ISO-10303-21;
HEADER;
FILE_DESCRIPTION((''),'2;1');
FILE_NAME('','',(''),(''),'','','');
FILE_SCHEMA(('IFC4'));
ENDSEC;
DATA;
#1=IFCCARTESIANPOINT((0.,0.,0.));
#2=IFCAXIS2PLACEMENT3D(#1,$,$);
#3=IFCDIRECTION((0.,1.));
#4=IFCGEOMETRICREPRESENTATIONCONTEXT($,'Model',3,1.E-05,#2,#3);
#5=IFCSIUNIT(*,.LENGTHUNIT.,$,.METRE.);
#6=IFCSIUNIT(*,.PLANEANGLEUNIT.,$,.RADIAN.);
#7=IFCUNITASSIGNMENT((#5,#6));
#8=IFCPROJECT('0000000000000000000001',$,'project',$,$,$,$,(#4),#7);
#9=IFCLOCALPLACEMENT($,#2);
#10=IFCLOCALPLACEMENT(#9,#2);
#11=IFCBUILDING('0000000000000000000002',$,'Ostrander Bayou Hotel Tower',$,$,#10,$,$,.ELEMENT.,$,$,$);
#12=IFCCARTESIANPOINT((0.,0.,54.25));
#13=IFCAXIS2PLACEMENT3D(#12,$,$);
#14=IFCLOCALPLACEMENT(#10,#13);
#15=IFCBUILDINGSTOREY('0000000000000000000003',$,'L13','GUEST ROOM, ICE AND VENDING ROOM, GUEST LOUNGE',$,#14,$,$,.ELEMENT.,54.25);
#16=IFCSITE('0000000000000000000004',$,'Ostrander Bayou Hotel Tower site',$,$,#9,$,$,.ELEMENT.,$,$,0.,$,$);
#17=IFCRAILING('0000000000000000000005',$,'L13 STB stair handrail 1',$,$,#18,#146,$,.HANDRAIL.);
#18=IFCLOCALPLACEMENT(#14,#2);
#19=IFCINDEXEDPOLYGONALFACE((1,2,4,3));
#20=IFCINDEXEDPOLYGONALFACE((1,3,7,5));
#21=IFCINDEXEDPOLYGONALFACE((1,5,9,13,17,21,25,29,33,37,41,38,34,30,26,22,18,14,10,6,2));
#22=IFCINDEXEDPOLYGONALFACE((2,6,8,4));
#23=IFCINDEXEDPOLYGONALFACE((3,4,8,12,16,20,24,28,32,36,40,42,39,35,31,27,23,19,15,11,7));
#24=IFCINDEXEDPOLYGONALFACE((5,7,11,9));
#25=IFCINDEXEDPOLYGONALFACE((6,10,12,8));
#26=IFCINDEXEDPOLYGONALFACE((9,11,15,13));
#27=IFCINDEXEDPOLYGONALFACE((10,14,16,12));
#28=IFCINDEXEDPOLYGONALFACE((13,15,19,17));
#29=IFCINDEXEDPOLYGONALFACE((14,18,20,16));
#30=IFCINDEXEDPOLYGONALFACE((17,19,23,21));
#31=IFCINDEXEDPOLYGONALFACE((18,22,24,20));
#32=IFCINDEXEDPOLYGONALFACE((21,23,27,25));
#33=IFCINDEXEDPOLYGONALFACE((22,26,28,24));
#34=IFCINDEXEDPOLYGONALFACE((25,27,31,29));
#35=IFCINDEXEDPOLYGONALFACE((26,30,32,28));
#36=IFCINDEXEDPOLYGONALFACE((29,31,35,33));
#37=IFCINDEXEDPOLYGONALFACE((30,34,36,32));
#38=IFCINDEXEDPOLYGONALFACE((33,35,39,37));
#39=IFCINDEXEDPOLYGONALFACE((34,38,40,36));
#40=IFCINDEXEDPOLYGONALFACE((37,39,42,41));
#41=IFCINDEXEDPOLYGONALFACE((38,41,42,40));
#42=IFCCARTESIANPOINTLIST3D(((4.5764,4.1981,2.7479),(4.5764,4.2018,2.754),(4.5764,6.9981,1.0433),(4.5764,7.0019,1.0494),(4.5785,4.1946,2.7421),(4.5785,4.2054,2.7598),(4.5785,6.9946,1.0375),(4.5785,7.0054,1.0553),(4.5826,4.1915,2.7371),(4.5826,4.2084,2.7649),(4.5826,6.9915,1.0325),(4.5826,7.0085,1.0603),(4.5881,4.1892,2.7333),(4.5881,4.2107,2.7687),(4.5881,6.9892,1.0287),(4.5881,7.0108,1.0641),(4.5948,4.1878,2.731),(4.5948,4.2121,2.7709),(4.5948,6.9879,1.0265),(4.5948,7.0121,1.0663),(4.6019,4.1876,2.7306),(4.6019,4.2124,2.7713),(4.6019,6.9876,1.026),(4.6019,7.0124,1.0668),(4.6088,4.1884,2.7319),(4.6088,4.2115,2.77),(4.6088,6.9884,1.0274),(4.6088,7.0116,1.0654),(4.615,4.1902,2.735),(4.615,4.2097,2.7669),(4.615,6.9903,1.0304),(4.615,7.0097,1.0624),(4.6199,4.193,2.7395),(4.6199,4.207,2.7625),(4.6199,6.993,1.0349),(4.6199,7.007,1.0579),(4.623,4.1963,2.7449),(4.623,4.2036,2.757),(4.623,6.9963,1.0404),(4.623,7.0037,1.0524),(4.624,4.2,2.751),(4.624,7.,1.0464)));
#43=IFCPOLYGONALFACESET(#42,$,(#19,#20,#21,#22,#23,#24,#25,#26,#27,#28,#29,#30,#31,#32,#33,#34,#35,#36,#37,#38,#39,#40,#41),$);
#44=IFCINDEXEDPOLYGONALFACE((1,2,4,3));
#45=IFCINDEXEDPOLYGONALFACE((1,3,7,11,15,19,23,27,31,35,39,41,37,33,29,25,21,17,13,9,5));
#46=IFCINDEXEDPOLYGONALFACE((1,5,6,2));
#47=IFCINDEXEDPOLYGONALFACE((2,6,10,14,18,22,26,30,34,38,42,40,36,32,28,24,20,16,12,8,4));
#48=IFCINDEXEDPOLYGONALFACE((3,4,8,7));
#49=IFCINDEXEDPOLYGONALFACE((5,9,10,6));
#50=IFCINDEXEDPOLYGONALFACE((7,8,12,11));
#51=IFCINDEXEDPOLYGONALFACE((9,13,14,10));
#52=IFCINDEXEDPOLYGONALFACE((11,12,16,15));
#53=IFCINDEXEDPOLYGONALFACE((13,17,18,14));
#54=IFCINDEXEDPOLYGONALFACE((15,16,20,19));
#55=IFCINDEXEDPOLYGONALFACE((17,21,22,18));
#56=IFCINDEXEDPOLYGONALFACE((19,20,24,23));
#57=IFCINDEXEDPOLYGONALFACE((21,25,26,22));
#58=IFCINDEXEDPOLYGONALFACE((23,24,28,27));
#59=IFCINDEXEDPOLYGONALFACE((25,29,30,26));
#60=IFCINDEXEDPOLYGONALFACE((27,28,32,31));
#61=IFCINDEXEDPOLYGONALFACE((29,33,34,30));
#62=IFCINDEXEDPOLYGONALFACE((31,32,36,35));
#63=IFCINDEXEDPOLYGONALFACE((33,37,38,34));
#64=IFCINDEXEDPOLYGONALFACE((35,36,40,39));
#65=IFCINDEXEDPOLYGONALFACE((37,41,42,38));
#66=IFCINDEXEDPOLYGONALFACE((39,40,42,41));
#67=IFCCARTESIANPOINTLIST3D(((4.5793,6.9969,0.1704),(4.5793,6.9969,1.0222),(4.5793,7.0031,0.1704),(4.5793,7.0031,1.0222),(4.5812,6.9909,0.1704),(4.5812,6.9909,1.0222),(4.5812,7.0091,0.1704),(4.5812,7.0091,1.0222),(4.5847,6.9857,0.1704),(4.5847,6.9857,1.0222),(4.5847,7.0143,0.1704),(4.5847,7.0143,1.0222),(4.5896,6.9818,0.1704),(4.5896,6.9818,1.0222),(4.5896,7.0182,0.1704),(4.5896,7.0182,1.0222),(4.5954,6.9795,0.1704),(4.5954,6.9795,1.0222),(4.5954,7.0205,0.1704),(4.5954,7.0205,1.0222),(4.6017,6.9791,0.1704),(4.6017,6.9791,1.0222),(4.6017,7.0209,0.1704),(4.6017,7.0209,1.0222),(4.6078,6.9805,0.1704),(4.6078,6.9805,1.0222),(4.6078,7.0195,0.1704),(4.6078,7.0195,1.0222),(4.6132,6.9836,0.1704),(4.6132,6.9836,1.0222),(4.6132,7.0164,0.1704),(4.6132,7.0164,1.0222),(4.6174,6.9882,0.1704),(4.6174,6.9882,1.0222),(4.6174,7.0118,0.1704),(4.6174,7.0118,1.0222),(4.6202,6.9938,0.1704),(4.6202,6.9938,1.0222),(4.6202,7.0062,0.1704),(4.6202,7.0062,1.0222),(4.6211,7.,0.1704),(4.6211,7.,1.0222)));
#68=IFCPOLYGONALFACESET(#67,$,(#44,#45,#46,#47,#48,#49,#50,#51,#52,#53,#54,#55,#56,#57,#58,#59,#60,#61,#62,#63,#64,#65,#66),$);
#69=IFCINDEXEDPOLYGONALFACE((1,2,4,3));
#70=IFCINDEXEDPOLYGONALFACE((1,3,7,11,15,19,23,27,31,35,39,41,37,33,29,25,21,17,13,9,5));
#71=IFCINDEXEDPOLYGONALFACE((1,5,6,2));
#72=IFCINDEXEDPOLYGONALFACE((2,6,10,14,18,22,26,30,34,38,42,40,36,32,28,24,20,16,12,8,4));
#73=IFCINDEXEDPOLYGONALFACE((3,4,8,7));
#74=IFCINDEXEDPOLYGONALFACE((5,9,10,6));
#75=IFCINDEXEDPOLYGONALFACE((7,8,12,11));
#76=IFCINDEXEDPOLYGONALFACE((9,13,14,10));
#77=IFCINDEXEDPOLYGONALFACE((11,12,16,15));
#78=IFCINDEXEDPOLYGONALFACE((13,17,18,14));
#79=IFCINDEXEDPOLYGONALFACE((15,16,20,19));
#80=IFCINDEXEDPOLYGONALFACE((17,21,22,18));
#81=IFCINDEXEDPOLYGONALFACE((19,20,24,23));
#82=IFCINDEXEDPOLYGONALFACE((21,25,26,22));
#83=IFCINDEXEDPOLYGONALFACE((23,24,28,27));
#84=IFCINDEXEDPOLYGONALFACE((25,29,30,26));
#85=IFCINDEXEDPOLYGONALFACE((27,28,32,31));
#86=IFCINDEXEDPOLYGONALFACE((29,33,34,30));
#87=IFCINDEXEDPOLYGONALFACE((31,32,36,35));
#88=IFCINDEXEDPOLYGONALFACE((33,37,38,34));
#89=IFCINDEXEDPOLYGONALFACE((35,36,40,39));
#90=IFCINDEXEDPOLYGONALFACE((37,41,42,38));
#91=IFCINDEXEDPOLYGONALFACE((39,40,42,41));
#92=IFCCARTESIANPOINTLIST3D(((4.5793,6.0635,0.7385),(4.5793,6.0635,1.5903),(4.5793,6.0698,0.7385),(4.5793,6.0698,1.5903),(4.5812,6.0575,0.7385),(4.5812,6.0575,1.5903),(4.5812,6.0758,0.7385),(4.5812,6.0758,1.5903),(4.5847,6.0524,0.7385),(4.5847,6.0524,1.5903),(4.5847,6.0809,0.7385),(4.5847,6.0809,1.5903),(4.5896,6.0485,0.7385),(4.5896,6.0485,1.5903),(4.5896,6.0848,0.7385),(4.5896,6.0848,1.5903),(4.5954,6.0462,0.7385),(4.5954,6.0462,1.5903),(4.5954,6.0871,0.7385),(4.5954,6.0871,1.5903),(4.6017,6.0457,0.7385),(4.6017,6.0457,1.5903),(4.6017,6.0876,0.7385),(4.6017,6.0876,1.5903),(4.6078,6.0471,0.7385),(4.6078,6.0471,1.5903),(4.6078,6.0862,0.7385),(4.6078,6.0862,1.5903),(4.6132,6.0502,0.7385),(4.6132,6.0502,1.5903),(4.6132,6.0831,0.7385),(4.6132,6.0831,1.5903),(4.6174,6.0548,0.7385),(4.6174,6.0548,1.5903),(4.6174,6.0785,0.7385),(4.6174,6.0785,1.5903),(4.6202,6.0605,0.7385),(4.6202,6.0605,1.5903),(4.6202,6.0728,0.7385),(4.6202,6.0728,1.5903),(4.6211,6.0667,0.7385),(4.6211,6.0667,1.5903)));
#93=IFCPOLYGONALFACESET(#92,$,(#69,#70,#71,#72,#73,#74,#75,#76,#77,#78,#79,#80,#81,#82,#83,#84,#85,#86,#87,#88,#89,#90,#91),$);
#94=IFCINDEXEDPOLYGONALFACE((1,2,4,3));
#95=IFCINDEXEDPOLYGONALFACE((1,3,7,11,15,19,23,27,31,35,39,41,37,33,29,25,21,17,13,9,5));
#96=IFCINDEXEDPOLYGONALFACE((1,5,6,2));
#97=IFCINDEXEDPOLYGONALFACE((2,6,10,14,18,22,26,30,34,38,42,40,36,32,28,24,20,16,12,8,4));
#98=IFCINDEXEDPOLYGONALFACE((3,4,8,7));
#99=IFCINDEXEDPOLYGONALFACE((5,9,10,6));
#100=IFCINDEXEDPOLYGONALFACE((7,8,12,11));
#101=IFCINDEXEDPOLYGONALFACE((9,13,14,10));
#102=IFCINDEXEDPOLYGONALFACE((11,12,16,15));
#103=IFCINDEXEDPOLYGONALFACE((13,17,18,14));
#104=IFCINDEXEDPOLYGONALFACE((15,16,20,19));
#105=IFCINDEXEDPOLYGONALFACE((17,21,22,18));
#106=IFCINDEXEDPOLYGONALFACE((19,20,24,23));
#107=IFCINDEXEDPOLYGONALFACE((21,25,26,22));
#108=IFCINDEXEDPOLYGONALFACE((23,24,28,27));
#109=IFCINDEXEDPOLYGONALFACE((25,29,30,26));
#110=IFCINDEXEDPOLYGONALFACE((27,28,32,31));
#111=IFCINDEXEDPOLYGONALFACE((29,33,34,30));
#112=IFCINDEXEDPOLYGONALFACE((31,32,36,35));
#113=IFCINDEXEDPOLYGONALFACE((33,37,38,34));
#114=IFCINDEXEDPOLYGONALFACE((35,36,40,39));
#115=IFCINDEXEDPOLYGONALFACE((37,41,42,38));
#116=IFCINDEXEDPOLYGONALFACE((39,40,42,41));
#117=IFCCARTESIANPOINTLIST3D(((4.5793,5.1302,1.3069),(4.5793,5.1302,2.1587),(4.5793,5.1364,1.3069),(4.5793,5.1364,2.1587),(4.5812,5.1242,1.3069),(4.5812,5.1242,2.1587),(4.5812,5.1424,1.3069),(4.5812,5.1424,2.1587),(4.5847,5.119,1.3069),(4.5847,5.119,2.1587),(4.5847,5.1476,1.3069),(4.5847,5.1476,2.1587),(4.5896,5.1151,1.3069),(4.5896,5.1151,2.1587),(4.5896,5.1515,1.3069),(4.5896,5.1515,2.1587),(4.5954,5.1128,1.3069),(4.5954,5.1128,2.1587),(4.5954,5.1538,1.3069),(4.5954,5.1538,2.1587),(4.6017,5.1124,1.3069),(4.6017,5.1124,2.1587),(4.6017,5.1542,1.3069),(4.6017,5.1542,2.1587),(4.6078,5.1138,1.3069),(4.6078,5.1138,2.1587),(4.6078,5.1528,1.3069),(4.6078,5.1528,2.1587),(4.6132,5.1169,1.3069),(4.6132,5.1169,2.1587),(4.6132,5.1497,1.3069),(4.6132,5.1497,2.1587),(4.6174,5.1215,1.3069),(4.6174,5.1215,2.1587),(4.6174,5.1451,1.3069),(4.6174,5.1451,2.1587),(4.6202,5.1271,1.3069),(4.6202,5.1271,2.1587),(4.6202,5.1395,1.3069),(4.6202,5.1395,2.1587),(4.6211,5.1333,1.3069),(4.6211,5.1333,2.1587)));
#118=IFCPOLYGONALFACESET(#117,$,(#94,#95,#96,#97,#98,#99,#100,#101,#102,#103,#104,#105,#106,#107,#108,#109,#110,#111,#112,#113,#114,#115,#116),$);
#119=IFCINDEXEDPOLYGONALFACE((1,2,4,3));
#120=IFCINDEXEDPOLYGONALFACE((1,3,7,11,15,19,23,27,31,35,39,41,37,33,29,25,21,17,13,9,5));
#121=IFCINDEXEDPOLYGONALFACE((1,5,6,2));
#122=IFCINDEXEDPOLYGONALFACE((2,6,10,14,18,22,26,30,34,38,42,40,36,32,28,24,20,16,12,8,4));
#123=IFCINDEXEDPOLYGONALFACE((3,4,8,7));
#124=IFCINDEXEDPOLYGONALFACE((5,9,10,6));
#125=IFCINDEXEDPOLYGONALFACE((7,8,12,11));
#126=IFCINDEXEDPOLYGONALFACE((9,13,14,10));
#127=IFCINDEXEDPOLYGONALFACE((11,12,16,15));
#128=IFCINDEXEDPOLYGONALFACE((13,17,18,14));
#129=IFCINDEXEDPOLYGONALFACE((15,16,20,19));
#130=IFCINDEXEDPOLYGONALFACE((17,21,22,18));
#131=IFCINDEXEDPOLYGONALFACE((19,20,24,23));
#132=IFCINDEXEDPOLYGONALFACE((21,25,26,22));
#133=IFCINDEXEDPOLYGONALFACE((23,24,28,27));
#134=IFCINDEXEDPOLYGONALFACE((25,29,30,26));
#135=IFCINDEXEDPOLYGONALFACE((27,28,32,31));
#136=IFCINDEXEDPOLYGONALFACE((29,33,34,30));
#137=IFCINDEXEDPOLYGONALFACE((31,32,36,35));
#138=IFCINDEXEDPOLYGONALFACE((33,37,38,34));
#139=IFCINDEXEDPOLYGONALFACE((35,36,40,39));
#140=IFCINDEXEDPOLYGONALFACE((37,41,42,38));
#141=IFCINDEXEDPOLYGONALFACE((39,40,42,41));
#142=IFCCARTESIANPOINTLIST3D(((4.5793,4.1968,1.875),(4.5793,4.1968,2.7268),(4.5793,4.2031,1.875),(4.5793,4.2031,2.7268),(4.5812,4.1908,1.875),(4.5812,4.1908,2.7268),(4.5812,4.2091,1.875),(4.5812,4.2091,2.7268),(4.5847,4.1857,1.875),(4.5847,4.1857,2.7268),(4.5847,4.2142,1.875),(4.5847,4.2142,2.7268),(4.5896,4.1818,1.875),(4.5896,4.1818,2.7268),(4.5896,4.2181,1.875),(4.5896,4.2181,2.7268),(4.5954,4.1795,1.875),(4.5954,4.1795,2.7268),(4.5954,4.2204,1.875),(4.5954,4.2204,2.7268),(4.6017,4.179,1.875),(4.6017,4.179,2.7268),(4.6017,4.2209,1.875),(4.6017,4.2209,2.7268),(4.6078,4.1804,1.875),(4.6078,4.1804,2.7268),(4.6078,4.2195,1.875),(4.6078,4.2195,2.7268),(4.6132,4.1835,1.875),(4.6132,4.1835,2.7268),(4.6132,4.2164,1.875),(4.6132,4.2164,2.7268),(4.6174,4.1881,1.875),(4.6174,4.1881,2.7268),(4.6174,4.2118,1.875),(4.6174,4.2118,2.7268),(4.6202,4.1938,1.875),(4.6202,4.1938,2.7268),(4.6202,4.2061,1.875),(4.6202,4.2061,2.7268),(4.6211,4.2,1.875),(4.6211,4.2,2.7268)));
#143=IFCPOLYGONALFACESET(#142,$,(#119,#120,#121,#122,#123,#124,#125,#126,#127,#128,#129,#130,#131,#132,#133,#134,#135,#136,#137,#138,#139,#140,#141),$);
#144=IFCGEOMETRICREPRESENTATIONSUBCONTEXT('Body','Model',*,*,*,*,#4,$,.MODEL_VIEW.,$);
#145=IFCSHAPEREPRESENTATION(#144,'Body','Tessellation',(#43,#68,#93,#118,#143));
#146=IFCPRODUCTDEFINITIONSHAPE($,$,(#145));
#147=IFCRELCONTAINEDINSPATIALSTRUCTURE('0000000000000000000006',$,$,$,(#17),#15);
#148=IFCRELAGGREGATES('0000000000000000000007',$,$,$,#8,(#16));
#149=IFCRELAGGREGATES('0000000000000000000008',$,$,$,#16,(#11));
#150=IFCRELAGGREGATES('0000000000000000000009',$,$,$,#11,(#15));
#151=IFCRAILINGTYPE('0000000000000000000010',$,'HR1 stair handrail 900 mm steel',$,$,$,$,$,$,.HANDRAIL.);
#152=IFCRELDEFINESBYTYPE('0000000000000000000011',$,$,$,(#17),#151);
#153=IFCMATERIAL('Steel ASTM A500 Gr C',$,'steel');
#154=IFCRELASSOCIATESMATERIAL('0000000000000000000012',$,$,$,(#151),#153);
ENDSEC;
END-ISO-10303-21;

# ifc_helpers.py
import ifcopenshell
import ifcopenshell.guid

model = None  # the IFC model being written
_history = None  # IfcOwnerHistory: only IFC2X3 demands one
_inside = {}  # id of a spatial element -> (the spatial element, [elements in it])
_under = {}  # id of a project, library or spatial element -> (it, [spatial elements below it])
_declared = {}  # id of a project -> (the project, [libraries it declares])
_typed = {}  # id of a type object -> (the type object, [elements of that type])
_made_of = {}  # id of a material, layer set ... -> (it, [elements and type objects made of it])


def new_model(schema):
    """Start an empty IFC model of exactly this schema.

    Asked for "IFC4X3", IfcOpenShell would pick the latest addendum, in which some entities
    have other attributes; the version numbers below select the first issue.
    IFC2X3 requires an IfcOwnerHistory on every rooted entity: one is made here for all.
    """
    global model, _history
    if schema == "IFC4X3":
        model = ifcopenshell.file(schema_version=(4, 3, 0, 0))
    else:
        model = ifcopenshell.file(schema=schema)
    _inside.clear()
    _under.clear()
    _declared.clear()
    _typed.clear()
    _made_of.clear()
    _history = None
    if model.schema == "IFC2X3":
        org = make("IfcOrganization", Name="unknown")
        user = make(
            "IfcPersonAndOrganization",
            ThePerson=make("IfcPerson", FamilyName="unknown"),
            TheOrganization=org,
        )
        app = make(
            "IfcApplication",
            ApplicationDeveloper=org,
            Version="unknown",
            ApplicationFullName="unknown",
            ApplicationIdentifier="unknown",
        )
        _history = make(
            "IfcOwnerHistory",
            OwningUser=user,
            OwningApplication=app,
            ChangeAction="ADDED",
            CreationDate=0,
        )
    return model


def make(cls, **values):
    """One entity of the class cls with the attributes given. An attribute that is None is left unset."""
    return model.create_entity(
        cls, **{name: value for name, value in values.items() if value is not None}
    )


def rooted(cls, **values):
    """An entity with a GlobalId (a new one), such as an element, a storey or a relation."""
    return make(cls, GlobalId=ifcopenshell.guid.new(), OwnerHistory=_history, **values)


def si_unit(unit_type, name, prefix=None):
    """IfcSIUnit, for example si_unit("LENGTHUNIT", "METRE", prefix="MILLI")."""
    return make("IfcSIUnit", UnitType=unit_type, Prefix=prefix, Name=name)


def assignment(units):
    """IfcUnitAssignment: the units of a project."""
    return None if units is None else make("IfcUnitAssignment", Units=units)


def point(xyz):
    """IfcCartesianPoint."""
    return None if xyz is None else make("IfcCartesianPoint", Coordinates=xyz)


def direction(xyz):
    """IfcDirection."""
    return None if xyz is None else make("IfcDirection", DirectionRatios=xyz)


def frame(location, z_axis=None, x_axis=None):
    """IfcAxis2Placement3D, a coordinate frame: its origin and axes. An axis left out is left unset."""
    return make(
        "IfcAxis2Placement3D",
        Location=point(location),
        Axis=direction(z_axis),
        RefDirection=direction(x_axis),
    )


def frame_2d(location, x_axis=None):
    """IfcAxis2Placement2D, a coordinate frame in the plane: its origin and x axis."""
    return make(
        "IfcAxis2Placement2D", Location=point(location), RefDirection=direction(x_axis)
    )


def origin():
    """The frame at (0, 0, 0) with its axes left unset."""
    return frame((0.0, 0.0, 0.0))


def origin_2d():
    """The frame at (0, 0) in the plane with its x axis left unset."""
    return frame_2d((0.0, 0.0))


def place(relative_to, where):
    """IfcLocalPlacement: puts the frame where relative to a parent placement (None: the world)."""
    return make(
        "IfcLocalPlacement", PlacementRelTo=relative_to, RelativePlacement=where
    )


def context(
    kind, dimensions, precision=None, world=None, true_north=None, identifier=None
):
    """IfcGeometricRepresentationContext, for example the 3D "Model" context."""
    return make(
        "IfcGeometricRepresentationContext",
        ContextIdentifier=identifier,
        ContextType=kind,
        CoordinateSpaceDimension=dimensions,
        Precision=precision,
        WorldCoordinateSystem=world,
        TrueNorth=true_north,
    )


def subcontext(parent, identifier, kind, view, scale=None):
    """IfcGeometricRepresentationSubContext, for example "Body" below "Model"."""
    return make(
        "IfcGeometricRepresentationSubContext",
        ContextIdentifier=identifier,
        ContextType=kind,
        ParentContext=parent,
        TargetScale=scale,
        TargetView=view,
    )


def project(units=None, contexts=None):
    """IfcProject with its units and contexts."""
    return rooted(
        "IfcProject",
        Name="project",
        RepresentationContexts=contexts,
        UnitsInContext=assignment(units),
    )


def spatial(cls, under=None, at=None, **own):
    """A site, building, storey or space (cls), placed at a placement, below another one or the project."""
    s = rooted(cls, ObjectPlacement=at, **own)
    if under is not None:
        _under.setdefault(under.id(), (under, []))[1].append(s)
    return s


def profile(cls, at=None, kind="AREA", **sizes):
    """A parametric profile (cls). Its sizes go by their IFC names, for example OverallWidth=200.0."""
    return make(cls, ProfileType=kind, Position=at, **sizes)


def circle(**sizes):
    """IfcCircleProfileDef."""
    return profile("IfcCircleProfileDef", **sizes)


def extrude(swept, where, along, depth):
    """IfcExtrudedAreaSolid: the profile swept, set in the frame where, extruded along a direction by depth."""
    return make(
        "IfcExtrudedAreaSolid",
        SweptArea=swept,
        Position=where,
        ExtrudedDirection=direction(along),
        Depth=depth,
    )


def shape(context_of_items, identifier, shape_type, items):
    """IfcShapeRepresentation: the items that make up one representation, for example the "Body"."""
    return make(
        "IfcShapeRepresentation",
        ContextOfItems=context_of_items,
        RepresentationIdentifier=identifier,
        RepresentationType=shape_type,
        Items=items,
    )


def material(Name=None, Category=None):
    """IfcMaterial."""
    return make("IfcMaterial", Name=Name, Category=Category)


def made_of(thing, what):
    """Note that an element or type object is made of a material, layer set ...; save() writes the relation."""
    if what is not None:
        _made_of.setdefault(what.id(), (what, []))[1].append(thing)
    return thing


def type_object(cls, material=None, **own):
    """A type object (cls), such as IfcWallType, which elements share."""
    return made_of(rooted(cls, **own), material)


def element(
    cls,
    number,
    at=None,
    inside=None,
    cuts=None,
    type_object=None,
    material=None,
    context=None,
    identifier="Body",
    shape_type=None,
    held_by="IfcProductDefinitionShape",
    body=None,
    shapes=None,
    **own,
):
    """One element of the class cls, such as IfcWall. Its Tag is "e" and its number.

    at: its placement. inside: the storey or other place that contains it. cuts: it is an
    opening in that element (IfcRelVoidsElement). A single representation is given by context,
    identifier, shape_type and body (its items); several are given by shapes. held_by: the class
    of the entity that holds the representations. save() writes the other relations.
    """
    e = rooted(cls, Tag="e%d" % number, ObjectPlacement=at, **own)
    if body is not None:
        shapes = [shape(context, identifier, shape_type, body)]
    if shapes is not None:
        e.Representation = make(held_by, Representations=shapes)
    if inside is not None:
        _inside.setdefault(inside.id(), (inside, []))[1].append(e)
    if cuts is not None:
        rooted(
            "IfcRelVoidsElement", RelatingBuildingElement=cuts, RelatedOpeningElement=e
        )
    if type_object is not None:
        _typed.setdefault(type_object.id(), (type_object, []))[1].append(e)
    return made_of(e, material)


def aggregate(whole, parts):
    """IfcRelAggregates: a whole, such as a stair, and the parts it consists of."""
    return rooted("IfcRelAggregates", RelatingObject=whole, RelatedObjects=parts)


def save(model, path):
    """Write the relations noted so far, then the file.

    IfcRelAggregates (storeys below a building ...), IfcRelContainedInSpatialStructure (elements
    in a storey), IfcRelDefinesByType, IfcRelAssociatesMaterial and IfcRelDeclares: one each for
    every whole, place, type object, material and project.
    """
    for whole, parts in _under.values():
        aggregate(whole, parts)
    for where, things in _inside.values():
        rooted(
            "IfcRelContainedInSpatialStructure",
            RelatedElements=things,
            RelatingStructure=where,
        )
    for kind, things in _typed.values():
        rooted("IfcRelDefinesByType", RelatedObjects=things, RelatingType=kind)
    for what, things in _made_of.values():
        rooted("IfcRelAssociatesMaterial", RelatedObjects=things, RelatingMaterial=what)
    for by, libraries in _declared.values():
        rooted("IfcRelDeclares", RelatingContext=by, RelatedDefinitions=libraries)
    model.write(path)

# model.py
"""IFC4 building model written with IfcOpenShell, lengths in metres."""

from ifc_helpers import new_model, si_unit, direction, frame, origin, origin_2d, place, context, subcontext, project, spatial, circle, extrude, material, type_object, element, save


model = new_model("IFC4")

# Units and contexts
model_context = context("Model", 3, precision=1e-05, world=origin(), true_north=direction((0.0, 1.0)))
body_context = subcontext(model_context, "Body", "Model", "MODEL_VIEW")
ifc_project = project(units=[si_unit("LENGTHUNIT", "METRE"), si_unit("PLANEANGLEUNIT", "RADIAN")], contexts=[model_context])

# Site, building, storey
site_placement = place(None, origin())
site = spatial("IfcSite", under=ifc_project, at=site_placement, Name="Ostrander Bayou Hotel Tower site", CompositionType="ELEMENT", RefElevation=0.0)
building_placement = place(site_placement, origin())
building = spatial("IfcBuilding", under=site, at=building_placement, Name="Ostrander Bayou Hotel Tower", CompositionType="ELEMENT")
storey_placement = place(building_placement, frame((0.0, 0.0, 54.25)))
storey = spatial("IfcBuildingStorey", under=building, at=storey_placement, Name="L13", Description="GUEST ROOM, ICE AND VENDING ROOM, GUEST LOUNGE", CompositionType="ELEMENT", Elevation=54.25)

# Railing
ifc_material_1 = material(Name="Steel ASTM A500 Gr C", Category="steel")
railing_type_1 = type_object("IfcRailingType", Name="HR1 stair handrail 900 mm steel", PredefinedType="HANDRAIL", material=ifc_material_1)
railing_1_placement = place(storey_placement, frame((4.6001, 7.0, 0.1704)))
element("IfcRailing", 1, at=railing_1_placement, inside=storey, type_object=railing_type_1, Name="L13 STB stair handrail 1", PredefinedType="HANDRAIL", context=body_context, shape_type="SweptSolid", body=[
    extrude(circle(Radius=0.0239, at=origin_2d()), frame((0.0, 0.0, 0.876), z_axis=(0.0, -0.85417, 0.519994), x_axis=(1.0, 0.0, 0.0)), (0.0, 0.0, 1.0), 3.2781),
    extrude(circle(Radius=0.021, at=origin_2d()), origin(), (0.0, 0.0, 1.0), 0.8518),
    extrude(circle(Radius=0.021, at=origin_2d()), frame((0.0, -0.9333, 0.5681)), (0.0, 0.0, 1.0), 0.8518),
    extrude(circle(Radius=0.021, at=origin_2d()), frame((0.0, -1.8667, 1.1365)), (0.0, 0.0, 1.0), 0.8518),
    extrude(circle(Radius=0.021, at=origin_2d()), frame((0.0, -2.8, 1.7046)), (0.0, 0.0, 1.0), 0.8518),
])

save(model, "model.ifc")
